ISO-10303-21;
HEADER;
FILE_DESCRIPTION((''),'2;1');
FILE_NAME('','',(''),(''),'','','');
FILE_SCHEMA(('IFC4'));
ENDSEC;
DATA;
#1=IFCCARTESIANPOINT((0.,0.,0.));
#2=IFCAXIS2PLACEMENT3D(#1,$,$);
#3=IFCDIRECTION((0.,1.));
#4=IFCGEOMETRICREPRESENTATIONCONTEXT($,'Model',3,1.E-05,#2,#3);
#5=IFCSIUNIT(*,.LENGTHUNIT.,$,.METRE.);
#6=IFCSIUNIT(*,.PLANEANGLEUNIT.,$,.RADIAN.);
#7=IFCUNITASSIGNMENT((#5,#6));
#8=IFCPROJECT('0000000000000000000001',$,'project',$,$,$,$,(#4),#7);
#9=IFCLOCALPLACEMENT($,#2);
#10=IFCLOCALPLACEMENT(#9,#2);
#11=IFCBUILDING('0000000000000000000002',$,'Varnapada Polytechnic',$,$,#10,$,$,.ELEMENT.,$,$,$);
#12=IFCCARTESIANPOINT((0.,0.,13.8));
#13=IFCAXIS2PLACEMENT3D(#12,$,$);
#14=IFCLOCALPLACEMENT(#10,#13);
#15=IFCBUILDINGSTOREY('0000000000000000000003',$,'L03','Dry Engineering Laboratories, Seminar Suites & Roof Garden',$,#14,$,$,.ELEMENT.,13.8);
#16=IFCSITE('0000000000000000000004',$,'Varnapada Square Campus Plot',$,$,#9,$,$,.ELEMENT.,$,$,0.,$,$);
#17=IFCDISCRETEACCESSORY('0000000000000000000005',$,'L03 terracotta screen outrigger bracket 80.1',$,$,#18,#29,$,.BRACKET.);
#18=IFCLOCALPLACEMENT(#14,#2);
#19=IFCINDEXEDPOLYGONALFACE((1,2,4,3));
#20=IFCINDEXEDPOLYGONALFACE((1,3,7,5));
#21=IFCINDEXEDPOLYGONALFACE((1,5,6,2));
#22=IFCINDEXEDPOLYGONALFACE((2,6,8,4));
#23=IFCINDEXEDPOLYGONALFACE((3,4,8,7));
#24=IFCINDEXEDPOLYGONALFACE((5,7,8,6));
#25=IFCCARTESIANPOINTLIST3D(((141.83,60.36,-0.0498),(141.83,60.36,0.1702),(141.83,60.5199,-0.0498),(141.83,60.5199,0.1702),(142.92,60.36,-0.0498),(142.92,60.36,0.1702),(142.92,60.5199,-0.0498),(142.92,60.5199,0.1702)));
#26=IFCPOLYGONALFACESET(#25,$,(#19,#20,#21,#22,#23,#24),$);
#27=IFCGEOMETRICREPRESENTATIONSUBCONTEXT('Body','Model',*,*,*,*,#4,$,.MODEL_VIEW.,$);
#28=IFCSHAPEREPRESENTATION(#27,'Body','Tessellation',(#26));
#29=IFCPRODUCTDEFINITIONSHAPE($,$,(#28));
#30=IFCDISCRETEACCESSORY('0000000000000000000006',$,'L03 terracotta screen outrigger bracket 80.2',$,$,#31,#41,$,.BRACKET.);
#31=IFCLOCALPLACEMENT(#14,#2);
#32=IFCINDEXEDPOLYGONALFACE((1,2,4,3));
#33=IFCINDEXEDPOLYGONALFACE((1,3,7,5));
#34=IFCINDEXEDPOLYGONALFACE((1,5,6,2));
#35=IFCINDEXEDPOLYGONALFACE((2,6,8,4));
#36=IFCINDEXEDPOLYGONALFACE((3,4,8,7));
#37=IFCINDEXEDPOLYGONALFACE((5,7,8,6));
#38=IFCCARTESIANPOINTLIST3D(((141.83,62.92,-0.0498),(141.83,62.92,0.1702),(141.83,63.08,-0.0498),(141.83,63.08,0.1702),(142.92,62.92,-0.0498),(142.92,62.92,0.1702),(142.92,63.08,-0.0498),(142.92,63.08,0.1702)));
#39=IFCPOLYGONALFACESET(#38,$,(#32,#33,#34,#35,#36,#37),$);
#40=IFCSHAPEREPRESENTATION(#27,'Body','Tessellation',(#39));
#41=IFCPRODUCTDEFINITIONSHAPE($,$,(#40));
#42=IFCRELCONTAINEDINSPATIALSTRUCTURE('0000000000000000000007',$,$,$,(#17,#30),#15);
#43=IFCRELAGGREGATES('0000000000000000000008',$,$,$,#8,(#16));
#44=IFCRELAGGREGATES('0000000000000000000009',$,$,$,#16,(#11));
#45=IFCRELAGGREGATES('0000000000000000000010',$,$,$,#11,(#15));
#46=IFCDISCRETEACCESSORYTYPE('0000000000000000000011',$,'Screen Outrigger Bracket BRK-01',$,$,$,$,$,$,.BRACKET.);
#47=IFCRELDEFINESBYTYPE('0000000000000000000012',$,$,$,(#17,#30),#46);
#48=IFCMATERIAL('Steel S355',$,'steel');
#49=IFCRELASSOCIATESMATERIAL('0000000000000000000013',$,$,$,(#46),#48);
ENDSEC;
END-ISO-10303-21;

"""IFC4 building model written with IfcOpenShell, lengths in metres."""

from ifc_helpers import new_model, si_unit, direction, frame, origin, origin_2d, place, context, subcontext, project, spatial, rectangle, extrude, material, type_object, element, save


model = new_model("IFC4")

# Units and contexts
model_context = context("Model", 3, precision=1e-05, world=origin(), true_north=direction((0.0, 1.0)))
body_context = subcontext(model_context, "Body", "Model", "MODEL_VIEW")
ifc_project = project(units=[si_unit("LENGTHUNIT", "METRE"), si_unit("PLANEANGLEUNIT", "RADIAN")], contexts=[model_context])

# Site, building, storey
site_placement = place(None, origin())
site = spatial("IfcSite", under=ifc_project, at=site_placement, Name="Varnapada Square Campus Plot", CompositionType="ELEMENT", RefElevation=0.0)
building_placement = place(site_placement, origin())
building = spatial("IfcBuilding", under=site, at=building_placement, Name="Varnapada Polytechnic", CompositionType="ELEMENT")
storey_placement = place(building_placement, frame((0.0, 0.0, 13.8)))
storey = spatial("IfcBuildingStorey", under=building, at=storey_placement, Name="L03", Description="Dry Engineering Laboratories, Seminar Suites & Roof Garden", CompositionType="ELEMENT", Elevation=13.8)

# Discrete accessories
ifc_material_1 = material(Name="Steel S355", Category="steel")
discrete_accessory_type = type_object("IfcDiscreteAccessoryType", Name="Screen Outrigger Bracket BRK-01", PredefinedType="BRACKET", material=ifc_material_1)
for number, where, z_axis, x_axis, name in (
    (1, (142.375, 60.4399, -0.0498), (0.0, 0.0, 1.0), (0.0, 1.0, 0.0), "L03 terracotta screen outrigger bracket 80.1"),
    (2, (142.375, 63.0, -0.0498), (0.0, 0.0, 1.0), (0.0, 1.0, 0.0), "L03 terracotta screen outrigger bracket 80.2"),
):
    element("IfcDiscreteAccessory", number, at=place(storey_placement, frame(where, z_axis=z_axis, x_axis=x_axis)), inside=storey, type_object=discrete_accessory_type, Name=name, PredefinedType="BRACKET", context=body_context, shape_type="SweptSolid", body=[
        extrude(rectangle(XDim=0.1599, YDim=1.0901, at=origin_2d()), origin(), (0.0, 0.0, 1.0), 0.22),
    ])

save(model, "model.ifc")
